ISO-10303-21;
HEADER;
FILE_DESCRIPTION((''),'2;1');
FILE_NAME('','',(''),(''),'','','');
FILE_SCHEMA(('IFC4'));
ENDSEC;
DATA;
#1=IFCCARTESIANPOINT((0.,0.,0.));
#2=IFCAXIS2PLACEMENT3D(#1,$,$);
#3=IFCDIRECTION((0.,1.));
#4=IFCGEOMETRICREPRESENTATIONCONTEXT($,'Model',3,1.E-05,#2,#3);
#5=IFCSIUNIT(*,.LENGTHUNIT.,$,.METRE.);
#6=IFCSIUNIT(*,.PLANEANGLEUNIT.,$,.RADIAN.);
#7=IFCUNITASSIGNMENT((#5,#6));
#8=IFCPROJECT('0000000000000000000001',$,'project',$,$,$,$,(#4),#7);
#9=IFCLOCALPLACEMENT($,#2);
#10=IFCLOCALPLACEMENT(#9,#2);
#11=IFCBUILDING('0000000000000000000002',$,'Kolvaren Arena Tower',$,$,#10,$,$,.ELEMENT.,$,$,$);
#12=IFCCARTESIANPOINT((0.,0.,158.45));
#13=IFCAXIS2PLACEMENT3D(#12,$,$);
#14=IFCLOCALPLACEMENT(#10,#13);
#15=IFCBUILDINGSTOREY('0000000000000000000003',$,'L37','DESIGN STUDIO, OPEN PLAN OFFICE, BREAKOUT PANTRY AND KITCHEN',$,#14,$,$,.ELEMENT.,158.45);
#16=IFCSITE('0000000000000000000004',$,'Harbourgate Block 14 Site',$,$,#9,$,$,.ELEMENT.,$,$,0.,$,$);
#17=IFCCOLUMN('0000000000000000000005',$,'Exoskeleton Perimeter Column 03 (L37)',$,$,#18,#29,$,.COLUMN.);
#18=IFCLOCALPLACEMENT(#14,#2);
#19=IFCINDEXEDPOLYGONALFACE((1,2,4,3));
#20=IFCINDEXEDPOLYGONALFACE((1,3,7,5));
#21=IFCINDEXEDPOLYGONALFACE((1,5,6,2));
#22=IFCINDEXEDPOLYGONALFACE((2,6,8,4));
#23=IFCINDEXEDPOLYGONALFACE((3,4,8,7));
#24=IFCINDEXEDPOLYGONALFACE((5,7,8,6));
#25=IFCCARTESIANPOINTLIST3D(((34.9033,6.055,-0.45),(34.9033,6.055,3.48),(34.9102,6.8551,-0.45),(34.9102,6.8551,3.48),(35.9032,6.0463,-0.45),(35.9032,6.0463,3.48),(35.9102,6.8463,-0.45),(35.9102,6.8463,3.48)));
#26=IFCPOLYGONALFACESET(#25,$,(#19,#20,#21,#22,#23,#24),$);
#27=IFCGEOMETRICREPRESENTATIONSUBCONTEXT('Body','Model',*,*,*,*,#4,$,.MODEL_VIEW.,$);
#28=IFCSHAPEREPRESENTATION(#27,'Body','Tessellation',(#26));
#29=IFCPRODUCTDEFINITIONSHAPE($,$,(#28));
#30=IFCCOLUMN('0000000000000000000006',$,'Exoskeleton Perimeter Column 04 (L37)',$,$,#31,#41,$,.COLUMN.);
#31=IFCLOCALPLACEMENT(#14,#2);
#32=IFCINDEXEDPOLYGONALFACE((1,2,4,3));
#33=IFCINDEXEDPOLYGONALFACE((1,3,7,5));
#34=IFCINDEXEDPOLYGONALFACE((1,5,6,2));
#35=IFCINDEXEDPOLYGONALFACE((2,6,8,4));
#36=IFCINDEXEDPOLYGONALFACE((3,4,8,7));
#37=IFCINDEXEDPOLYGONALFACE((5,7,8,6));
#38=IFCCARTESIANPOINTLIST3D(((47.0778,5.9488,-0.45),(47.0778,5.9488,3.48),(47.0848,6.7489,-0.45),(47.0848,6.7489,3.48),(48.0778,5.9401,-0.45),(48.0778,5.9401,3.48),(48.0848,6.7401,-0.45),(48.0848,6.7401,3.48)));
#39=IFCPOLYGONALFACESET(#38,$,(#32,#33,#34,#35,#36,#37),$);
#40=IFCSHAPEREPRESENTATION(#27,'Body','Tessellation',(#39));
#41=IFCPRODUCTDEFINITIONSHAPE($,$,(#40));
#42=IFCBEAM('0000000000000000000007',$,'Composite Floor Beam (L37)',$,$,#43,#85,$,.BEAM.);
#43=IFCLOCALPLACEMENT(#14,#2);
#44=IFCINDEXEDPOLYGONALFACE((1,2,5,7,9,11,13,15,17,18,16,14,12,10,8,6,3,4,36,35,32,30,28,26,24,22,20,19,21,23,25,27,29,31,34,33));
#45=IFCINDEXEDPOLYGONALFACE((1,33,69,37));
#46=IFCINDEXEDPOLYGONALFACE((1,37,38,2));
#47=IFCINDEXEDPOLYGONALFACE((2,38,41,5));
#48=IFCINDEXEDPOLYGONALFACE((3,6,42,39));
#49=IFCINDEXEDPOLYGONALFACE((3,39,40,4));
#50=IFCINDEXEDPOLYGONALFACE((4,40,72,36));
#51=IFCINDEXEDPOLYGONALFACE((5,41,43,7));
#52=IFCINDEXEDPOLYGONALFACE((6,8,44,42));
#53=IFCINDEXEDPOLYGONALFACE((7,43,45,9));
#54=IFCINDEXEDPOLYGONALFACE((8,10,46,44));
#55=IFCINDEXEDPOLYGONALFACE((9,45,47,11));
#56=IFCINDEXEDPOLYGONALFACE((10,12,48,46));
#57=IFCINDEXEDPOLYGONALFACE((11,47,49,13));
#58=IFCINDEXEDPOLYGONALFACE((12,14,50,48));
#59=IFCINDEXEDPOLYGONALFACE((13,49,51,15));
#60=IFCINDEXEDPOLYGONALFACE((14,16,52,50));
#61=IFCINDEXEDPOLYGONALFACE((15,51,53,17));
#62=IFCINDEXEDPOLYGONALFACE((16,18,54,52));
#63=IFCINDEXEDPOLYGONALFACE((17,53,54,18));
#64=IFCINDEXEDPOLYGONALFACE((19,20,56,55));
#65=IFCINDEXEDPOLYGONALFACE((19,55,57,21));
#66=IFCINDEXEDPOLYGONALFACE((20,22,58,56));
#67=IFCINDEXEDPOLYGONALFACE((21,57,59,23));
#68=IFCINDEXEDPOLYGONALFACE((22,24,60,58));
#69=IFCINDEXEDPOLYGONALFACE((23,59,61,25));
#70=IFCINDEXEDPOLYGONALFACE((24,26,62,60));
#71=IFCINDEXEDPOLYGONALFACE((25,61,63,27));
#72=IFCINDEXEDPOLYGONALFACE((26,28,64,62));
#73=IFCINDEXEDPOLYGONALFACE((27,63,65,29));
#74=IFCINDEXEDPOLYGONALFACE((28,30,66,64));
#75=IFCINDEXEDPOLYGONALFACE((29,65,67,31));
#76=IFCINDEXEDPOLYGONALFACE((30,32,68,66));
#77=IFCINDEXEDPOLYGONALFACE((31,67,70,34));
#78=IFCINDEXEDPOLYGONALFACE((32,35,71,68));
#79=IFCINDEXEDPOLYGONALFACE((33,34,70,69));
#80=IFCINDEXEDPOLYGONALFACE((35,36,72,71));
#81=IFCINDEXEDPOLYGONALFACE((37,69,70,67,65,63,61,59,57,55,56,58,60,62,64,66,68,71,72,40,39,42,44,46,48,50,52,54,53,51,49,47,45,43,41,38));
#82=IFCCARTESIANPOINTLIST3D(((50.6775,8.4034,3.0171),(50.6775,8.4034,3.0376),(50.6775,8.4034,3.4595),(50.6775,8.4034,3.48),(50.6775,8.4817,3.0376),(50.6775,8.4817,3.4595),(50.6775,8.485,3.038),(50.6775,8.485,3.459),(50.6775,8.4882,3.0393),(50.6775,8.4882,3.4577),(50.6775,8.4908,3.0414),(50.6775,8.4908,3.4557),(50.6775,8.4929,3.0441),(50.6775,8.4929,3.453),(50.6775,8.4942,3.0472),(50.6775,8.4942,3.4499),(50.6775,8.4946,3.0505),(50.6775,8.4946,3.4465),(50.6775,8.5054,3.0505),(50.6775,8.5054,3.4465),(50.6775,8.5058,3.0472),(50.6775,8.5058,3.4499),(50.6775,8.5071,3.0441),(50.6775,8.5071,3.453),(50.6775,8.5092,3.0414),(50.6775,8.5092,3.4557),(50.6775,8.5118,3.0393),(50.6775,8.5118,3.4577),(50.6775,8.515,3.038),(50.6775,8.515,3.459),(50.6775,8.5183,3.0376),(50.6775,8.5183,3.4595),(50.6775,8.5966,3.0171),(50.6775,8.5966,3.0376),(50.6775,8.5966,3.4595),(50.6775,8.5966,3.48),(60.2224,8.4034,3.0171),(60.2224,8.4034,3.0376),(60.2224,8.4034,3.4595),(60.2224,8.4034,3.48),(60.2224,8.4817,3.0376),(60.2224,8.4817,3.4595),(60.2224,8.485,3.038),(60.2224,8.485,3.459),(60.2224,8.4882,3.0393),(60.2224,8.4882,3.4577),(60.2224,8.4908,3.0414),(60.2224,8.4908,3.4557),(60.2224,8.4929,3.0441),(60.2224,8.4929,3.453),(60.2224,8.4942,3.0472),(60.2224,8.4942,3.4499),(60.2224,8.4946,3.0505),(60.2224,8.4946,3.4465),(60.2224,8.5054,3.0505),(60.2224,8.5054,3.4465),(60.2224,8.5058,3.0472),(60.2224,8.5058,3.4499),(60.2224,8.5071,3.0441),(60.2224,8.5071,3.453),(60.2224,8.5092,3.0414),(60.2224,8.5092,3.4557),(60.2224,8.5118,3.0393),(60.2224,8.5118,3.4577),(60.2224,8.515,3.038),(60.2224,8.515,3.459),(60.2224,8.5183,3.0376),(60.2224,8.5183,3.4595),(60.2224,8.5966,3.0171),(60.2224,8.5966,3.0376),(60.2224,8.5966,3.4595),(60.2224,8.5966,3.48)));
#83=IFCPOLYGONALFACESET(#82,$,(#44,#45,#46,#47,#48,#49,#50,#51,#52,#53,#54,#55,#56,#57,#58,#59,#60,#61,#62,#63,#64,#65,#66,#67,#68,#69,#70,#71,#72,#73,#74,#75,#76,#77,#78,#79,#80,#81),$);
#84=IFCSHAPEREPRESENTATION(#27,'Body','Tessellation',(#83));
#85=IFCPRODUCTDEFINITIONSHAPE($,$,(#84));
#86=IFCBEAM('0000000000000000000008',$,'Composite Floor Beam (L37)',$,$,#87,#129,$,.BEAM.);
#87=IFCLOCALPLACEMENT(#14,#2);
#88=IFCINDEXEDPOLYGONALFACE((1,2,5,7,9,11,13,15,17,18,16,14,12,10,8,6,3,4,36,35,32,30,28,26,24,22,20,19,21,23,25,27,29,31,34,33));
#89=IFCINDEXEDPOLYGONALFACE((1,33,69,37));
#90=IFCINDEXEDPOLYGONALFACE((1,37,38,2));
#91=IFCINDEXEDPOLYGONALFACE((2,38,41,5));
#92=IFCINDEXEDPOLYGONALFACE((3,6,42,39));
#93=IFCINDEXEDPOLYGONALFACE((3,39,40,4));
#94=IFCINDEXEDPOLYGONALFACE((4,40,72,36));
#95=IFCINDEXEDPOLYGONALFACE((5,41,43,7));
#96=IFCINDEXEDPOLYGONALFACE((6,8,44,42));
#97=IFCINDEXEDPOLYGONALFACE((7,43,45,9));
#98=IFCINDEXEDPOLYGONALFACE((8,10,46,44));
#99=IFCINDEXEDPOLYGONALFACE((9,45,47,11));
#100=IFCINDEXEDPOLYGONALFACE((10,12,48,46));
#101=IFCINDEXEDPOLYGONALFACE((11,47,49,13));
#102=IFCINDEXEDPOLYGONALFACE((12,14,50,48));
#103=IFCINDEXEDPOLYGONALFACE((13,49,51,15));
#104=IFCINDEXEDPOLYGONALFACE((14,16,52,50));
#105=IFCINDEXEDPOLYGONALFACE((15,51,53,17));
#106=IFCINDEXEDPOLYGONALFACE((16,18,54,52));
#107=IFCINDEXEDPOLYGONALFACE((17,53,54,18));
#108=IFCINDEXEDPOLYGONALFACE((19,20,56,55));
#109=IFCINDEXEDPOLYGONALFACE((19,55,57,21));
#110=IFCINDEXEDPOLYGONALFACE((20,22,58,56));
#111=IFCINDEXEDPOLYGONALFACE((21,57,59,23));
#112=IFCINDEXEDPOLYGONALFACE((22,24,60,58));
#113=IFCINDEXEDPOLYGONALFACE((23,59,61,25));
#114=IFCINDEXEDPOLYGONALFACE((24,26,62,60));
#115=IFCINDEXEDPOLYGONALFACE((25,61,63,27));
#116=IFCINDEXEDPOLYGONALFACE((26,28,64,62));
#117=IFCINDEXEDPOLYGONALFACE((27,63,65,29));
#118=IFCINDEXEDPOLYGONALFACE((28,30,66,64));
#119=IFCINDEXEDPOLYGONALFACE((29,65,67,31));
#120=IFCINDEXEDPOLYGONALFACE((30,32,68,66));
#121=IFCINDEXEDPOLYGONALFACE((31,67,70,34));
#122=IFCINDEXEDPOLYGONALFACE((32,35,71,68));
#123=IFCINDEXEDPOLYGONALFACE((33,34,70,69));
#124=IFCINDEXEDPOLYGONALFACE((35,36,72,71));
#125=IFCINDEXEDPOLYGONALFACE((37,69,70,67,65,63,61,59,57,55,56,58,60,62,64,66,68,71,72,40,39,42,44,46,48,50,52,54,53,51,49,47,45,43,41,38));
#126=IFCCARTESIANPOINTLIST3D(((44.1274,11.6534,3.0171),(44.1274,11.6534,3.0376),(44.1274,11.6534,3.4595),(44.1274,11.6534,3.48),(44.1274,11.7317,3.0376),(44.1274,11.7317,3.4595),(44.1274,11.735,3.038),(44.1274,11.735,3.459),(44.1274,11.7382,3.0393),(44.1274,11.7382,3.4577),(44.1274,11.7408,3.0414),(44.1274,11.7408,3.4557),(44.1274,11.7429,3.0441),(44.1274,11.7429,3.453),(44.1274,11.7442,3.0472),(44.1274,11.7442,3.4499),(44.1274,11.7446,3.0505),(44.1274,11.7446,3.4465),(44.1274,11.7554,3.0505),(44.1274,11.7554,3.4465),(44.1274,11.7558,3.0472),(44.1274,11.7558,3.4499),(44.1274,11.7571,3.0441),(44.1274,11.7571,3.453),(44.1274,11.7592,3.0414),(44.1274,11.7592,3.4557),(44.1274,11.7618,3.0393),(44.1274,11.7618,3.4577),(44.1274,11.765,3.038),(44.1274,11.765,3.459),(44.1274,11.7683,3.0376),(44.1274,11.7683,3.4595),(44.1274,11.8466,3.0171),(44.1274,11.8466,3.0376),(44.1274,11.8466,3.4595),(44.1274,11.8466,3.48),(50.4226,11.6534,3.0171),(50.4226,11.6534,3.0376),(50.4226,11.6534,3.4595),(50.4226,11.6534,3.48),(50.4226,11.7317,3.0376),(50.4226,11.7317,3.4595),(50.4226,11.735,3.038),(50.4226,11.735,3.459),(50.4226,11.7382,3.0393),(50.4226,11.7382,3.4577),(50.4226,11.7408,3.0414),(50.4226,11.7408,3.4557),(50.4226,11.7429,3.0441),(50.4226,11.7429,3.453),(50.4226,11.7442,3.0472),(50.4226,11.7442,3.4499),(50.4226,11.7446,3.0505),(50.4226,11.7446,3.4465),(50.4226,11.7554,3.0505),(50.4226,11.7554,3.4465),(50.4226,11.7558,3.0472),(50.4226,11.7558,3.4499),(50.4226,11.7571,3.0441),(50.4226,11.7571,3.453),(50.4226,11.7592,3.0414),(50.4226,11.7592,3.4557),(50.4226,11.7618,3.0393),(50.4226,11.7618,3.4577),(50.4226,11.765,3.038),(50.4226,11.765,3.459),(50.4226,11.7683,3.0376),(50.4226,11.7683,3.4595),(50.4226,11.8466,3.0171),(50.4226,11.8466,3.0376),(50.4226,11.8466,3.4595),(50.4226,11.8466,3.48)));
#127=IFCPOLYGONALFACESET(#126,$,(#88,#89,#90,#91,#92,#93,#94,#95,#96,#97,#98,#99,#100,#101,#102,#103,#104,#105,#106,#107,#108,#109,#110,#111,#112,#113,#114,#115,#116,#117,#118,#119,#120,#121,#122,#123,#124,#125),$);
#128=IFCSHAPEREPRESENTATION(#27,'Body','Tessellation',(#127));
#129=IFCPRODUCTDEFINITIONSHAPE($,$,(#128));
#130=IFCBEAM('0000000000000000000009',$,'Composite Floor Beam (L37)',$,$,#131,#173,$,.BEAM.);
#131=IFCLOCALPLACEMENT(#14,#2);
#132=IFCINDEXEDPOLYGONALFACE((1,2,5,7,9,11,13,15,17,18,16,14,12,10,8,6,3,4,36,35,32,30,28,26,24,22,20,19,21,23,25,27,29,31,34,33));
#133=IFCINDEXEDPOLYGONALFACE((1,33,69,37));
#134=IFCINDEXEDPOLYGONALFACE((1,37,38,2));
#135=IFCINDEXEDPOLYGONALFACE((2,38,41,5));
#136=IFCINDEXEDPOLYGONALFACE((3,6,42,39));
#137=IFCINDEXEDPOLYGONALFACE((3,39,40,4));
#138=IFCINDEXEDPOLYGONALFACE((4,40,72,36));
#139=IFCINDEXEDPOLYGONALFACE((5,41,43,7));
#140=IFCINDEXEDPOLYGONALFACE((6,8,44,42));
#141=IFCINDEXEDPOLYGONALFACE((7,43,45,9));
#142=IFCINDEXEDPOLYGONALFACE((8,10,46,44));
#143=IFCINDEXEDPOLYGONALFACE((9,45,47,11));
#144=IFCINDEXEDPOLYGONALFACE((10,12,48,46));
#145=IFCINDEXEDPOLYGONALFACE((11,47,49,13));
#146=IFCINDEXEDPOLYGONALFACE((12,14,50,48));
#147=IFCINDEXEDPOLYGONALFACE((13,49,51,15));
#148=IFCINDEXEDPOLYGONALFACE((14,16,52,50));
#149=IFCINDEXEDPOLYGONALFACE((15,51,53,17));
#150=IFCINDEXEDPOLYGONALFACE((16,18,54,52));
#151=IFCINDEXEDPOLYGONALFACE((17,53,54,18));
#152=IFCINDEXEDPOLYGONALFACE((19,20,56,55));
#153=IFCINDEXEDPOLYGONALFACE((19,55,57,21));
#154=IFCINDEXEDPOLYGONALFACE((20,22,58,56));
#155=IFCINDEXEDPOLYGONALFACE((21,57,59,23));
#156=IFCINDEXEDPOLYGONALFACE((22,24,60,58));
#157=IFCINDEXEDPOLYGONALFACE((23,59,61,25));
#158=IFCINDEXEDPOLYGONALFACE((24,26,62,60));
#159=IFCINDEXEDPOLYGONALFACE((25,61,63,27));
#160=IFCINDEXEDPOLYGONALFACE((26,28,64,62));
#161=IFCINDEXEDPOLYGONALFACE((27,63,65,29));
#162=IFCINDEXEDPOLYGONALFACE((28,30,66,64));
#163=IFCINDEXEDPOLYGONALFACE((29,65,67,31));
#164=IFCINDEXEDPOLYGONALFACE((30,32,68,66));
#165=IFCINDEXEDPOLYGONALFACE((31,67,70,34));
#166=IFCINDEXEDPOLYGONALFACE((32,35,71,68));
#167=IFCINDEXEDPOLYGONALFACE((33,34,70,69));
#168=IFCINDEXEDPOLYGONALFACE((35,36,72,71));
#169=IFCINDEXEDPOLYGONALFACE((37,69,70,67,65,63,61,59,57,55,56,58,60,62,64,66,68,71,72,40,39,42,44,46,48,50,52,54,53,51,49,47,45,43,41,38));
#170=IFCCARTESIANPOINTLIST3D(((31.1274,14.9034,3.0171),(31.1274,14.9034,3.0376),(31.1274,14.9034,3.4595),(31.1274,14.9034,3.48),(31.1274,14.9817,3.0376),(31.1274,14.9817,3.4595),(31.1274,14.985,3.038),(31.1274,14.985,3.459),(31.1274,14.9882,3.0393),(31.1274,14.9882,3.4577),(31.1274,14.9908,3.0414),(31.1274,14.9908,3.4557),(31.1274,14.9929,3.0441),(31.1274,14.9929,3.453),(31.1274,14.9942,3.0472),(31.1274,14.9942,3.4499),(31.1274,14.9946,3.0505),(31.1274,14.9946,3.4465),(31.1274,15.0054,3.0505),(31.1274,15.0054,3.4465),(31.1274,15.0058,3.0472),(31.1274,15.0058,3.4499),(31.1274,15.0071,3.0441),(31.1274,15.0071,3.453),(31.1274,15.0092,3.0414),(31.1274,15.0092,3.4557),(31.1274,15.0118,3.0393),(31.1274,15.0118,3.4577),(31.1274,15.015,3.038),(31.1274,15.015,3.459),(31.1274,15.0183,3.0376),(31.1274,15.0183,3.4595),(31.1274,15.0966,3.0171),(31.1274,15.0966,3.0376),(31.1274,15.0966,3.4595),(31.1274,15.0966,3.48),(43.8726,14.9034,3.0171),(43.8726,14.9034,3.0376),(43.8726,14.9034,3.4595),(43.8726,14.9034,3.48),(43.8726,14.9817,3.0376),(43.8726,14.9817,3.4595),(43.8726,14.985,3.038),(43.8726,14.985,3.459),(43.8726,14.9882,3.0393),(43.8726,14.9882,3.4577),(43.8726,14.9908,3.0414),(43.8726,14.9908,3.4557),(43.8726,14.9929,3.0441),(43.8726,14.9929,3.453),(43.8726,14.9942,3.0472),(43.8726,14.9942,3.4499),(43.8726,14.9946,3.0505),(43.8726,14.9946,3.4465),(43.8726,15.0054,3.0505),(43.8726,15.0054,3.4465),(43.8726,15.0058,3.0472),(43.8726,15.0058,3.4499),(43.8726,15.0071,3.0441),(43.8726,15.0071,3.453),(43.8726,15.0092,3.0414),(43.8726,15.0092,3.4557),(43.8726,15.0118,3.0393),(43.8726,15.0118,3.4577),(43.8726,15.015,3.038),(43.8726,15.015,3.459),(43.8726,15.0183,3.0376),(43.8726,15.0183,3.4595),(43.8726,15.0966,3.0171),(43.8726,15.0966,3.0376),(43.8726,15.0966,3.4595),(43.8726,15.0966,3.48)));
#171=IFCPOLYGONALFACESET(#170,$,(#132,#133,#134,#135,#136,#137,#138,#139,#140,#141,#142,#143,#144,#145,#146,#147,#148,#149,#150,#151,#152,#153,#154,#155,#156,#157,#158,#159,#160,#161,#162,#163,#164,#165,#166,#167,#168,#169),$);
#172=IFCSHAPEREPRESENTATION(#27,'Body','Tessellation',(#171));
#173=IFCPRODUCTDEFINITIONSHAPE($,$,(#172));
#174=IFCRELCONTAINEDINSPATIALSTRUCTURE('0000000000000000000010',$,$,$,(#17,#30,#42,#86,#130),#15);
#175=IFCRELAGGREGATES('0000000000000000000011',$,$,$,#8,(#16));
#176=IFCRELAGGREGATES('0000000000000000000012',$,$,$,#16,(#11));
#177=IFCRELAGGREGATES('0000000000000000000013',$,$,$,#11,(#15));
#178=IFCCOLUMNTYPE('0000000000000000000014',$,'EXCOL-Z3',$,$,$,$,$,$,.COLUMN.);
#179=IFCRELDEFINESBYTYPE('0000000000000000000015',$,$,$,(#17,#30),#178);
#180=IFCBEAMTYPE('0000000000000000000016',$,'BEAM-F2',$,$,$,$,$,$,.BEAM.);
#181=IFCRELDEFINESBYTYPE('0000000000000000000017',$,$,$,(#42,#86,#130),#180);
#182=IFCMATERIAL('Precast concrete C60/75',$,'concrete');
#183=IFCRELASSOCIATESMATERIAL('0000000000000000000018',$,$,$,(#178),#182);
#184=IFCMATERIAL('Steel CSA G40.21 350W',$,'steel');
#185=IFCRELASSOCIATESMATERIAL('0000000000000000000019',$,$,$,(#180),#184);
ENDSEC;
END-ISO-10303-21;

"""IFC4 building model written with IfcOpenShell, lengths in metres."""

from ifc_helpers import new_model, si_unit, direction, frame, origin, origin_2d, place, context, subcontext, project, spatial, rectangle, i_section, extrude, material, material_profile, profile_set, type_object, element, save


model = new_model("IFC4")

# Units and contexts
model_context = context("Model", 3, precision=1e-05, world=origin(), true_north=direction((0.0, 1.0)))
body_context = subcontext(model_context, "Body", "Model", "MODEL_VIEW")
ifc_project = project(units=[si_unit("LENGTHUNIT", "METRE"), si_unit("PLANEANGLEUNIT", "RADIAN")], contexts=[model_context])

# Site, building, storey
site_placement = place(None, origin())
site = spatial("IfcSite", under=ifc_project, at=site_placement, Name="Harbourgate Block 14 Site", CompositionType="ELEMENT", RefElevation=0.0)
building_placement = place(site_placement, origin())
building = spatial("IfcBuilding", under=site, at=building_placement, Name="Kolvaren Arena Tower", CompositionType="ELEMENT")
storey_placement = place(building_placement, frame((0.0, 0.0, 158.45)))
storey = spatial("IfcBuildingStorey", under=building, at=storey_placement, Name="L37", Description="DESIGN STUDIO, OPEN PLAN OFFICE, BREAKOUT PANTRY AND KITCHEN", CompositionType="ELEMENT", Elevation=158.45)

# Columns
ifc_material_1 = material(Name="Precast concrete C60/75", Category="concrete")
ifc_material_profile_1 = material_profile(ifc_material_1, rectangle(XDim=1.0, YDim=0.8, at=origin_2d()), Name="RC-1000x800")
ifc_profile_set_1 = profile_set([ifc_material_profile_1], Name="Precast concrete C60/75")
column_type = type_object("IfcColumnType", Name="EXCOL-Z3", PredefinedType="COLUMN", material=ifc_profile_set_1)
for number, where, z_axis, x_axis, name in (
    (1, (35.4067, 6.4507, -0.45), (0.0, 0.0, 1.0), (0.999962, -0.008727, 0.0), "Exoskeleton Perimeter Column 03 (L37)"),
    (2, (47.5813, 6.3445, -0.45), (0.0, 0.0, 1.0), (0.999962, -0.008727, 0.0), "Exoskeleton Perimeter Column 04 (L37)"),
):
    element("IfcColumn", number, at=place(storey_placement, frame(where, z_axis=z_axis, x_axis=x_axis)), inside=storey, type_object=column_type, Name=name, PredefinedType="COLUMN", context=body_context, shape_type="SweptSolid", body=[
        extrude(rectangle(XDim=1.0, YDim=0.8, at=origin_2d()), origin(), (0.0, 0.0, 1.0), 3.9299),
    ])

# Beams
ifc_material_2 = material(Name="Steel CSA G40.21 350W", Category="steel")
ifc_material_profile_2 = material_profile(ifc_material_2, i_section(OverallWidth=0.1931, OverallDepth=0.4629, WebThickness=0.0107, FlangeThickness=0.0205, FilletRadius=0.0129, at=origin_2d()), Name="W460x113")
ifc_profile_set_2 = profile_set([ifc_material_profile_2], Name="Steel CSA G40.21 350W")
beam_type_1 = type_object("IfcBeamType", Name="BEAM-F2", PredefinedType="BEAM", material=ifc_profile_set_2)
beam_1_placement = place(storey_placement, frame((50.6775, 8.5, 3.2485), z_axis=(1.0, 0.0, 0.0), x_axis=(0.0, 1.0, 0.0)))
element("IfcBeam", 3, at=beam_1_placement, inside=storey, type_object=beam_type_1, Name="Composite Floor Beam (L37)", PredefinedType="BEAM", context=body_context, shape_type="SweptSolid", body=[
    extrude(i_section(OverallWidth=0.1931, OverallDepth=0.4629, WebThickness=0.0107, FlangeThickness=0.0205, FilletRadius=0.0129, at=origin_2d()), origin(), (0.0, 0.0, 1.0), 9.5449),
])
beam_2_placement = place(storey_placement, frame((44.1274, 11.75, 3.2485), z_axis=(1.0, 0.0, 0.0), x_axis=(0.0, 1.0, 0.0)))
element("IfcBeam", 4, at=beam_2_placement, inside=storey, type_object=beam_type_1, Name="Composite Floor Beam (L37)", PredefinedType="BEAM", context=body_context, shape_type="SweptSolid", body=[
    extrude(i_section(OverallWidth=0.1931, OverallDepth=0.4629, WebThickness=0.0107, FlangeThickness=0.0205, FilletRadius=0.0129, at=origin_2d()), origin(), (0.0, 0.0, 1.0), 6.2952),
])
beam_3_placement = place(storey_placement, frame((31.1274, 15.0, 3.2485), z_axis=(1.0, 0.0, 0.0), x_axis=(0.0, 1.0, 0.0)))
element("IfcBeam", 5, at=beam_3_placement, inside=storey, type_object=beam_type_1, Name="Composite Floor Beam (L37)", PredefinedType="BEAM", context=body_context, shape_type="SweptSolid", body=[
    extrude(i_section(OverallWidth=0.1931, OverallDepth=0.4629, WebThickness=0.0107, FlangeThickness=0.0205, FilletRadius=0.0129, at=origin_2d()), origin(), (0.0, 0.0, 1.0), 12.7451),
])

save(model, "model.ifc")
